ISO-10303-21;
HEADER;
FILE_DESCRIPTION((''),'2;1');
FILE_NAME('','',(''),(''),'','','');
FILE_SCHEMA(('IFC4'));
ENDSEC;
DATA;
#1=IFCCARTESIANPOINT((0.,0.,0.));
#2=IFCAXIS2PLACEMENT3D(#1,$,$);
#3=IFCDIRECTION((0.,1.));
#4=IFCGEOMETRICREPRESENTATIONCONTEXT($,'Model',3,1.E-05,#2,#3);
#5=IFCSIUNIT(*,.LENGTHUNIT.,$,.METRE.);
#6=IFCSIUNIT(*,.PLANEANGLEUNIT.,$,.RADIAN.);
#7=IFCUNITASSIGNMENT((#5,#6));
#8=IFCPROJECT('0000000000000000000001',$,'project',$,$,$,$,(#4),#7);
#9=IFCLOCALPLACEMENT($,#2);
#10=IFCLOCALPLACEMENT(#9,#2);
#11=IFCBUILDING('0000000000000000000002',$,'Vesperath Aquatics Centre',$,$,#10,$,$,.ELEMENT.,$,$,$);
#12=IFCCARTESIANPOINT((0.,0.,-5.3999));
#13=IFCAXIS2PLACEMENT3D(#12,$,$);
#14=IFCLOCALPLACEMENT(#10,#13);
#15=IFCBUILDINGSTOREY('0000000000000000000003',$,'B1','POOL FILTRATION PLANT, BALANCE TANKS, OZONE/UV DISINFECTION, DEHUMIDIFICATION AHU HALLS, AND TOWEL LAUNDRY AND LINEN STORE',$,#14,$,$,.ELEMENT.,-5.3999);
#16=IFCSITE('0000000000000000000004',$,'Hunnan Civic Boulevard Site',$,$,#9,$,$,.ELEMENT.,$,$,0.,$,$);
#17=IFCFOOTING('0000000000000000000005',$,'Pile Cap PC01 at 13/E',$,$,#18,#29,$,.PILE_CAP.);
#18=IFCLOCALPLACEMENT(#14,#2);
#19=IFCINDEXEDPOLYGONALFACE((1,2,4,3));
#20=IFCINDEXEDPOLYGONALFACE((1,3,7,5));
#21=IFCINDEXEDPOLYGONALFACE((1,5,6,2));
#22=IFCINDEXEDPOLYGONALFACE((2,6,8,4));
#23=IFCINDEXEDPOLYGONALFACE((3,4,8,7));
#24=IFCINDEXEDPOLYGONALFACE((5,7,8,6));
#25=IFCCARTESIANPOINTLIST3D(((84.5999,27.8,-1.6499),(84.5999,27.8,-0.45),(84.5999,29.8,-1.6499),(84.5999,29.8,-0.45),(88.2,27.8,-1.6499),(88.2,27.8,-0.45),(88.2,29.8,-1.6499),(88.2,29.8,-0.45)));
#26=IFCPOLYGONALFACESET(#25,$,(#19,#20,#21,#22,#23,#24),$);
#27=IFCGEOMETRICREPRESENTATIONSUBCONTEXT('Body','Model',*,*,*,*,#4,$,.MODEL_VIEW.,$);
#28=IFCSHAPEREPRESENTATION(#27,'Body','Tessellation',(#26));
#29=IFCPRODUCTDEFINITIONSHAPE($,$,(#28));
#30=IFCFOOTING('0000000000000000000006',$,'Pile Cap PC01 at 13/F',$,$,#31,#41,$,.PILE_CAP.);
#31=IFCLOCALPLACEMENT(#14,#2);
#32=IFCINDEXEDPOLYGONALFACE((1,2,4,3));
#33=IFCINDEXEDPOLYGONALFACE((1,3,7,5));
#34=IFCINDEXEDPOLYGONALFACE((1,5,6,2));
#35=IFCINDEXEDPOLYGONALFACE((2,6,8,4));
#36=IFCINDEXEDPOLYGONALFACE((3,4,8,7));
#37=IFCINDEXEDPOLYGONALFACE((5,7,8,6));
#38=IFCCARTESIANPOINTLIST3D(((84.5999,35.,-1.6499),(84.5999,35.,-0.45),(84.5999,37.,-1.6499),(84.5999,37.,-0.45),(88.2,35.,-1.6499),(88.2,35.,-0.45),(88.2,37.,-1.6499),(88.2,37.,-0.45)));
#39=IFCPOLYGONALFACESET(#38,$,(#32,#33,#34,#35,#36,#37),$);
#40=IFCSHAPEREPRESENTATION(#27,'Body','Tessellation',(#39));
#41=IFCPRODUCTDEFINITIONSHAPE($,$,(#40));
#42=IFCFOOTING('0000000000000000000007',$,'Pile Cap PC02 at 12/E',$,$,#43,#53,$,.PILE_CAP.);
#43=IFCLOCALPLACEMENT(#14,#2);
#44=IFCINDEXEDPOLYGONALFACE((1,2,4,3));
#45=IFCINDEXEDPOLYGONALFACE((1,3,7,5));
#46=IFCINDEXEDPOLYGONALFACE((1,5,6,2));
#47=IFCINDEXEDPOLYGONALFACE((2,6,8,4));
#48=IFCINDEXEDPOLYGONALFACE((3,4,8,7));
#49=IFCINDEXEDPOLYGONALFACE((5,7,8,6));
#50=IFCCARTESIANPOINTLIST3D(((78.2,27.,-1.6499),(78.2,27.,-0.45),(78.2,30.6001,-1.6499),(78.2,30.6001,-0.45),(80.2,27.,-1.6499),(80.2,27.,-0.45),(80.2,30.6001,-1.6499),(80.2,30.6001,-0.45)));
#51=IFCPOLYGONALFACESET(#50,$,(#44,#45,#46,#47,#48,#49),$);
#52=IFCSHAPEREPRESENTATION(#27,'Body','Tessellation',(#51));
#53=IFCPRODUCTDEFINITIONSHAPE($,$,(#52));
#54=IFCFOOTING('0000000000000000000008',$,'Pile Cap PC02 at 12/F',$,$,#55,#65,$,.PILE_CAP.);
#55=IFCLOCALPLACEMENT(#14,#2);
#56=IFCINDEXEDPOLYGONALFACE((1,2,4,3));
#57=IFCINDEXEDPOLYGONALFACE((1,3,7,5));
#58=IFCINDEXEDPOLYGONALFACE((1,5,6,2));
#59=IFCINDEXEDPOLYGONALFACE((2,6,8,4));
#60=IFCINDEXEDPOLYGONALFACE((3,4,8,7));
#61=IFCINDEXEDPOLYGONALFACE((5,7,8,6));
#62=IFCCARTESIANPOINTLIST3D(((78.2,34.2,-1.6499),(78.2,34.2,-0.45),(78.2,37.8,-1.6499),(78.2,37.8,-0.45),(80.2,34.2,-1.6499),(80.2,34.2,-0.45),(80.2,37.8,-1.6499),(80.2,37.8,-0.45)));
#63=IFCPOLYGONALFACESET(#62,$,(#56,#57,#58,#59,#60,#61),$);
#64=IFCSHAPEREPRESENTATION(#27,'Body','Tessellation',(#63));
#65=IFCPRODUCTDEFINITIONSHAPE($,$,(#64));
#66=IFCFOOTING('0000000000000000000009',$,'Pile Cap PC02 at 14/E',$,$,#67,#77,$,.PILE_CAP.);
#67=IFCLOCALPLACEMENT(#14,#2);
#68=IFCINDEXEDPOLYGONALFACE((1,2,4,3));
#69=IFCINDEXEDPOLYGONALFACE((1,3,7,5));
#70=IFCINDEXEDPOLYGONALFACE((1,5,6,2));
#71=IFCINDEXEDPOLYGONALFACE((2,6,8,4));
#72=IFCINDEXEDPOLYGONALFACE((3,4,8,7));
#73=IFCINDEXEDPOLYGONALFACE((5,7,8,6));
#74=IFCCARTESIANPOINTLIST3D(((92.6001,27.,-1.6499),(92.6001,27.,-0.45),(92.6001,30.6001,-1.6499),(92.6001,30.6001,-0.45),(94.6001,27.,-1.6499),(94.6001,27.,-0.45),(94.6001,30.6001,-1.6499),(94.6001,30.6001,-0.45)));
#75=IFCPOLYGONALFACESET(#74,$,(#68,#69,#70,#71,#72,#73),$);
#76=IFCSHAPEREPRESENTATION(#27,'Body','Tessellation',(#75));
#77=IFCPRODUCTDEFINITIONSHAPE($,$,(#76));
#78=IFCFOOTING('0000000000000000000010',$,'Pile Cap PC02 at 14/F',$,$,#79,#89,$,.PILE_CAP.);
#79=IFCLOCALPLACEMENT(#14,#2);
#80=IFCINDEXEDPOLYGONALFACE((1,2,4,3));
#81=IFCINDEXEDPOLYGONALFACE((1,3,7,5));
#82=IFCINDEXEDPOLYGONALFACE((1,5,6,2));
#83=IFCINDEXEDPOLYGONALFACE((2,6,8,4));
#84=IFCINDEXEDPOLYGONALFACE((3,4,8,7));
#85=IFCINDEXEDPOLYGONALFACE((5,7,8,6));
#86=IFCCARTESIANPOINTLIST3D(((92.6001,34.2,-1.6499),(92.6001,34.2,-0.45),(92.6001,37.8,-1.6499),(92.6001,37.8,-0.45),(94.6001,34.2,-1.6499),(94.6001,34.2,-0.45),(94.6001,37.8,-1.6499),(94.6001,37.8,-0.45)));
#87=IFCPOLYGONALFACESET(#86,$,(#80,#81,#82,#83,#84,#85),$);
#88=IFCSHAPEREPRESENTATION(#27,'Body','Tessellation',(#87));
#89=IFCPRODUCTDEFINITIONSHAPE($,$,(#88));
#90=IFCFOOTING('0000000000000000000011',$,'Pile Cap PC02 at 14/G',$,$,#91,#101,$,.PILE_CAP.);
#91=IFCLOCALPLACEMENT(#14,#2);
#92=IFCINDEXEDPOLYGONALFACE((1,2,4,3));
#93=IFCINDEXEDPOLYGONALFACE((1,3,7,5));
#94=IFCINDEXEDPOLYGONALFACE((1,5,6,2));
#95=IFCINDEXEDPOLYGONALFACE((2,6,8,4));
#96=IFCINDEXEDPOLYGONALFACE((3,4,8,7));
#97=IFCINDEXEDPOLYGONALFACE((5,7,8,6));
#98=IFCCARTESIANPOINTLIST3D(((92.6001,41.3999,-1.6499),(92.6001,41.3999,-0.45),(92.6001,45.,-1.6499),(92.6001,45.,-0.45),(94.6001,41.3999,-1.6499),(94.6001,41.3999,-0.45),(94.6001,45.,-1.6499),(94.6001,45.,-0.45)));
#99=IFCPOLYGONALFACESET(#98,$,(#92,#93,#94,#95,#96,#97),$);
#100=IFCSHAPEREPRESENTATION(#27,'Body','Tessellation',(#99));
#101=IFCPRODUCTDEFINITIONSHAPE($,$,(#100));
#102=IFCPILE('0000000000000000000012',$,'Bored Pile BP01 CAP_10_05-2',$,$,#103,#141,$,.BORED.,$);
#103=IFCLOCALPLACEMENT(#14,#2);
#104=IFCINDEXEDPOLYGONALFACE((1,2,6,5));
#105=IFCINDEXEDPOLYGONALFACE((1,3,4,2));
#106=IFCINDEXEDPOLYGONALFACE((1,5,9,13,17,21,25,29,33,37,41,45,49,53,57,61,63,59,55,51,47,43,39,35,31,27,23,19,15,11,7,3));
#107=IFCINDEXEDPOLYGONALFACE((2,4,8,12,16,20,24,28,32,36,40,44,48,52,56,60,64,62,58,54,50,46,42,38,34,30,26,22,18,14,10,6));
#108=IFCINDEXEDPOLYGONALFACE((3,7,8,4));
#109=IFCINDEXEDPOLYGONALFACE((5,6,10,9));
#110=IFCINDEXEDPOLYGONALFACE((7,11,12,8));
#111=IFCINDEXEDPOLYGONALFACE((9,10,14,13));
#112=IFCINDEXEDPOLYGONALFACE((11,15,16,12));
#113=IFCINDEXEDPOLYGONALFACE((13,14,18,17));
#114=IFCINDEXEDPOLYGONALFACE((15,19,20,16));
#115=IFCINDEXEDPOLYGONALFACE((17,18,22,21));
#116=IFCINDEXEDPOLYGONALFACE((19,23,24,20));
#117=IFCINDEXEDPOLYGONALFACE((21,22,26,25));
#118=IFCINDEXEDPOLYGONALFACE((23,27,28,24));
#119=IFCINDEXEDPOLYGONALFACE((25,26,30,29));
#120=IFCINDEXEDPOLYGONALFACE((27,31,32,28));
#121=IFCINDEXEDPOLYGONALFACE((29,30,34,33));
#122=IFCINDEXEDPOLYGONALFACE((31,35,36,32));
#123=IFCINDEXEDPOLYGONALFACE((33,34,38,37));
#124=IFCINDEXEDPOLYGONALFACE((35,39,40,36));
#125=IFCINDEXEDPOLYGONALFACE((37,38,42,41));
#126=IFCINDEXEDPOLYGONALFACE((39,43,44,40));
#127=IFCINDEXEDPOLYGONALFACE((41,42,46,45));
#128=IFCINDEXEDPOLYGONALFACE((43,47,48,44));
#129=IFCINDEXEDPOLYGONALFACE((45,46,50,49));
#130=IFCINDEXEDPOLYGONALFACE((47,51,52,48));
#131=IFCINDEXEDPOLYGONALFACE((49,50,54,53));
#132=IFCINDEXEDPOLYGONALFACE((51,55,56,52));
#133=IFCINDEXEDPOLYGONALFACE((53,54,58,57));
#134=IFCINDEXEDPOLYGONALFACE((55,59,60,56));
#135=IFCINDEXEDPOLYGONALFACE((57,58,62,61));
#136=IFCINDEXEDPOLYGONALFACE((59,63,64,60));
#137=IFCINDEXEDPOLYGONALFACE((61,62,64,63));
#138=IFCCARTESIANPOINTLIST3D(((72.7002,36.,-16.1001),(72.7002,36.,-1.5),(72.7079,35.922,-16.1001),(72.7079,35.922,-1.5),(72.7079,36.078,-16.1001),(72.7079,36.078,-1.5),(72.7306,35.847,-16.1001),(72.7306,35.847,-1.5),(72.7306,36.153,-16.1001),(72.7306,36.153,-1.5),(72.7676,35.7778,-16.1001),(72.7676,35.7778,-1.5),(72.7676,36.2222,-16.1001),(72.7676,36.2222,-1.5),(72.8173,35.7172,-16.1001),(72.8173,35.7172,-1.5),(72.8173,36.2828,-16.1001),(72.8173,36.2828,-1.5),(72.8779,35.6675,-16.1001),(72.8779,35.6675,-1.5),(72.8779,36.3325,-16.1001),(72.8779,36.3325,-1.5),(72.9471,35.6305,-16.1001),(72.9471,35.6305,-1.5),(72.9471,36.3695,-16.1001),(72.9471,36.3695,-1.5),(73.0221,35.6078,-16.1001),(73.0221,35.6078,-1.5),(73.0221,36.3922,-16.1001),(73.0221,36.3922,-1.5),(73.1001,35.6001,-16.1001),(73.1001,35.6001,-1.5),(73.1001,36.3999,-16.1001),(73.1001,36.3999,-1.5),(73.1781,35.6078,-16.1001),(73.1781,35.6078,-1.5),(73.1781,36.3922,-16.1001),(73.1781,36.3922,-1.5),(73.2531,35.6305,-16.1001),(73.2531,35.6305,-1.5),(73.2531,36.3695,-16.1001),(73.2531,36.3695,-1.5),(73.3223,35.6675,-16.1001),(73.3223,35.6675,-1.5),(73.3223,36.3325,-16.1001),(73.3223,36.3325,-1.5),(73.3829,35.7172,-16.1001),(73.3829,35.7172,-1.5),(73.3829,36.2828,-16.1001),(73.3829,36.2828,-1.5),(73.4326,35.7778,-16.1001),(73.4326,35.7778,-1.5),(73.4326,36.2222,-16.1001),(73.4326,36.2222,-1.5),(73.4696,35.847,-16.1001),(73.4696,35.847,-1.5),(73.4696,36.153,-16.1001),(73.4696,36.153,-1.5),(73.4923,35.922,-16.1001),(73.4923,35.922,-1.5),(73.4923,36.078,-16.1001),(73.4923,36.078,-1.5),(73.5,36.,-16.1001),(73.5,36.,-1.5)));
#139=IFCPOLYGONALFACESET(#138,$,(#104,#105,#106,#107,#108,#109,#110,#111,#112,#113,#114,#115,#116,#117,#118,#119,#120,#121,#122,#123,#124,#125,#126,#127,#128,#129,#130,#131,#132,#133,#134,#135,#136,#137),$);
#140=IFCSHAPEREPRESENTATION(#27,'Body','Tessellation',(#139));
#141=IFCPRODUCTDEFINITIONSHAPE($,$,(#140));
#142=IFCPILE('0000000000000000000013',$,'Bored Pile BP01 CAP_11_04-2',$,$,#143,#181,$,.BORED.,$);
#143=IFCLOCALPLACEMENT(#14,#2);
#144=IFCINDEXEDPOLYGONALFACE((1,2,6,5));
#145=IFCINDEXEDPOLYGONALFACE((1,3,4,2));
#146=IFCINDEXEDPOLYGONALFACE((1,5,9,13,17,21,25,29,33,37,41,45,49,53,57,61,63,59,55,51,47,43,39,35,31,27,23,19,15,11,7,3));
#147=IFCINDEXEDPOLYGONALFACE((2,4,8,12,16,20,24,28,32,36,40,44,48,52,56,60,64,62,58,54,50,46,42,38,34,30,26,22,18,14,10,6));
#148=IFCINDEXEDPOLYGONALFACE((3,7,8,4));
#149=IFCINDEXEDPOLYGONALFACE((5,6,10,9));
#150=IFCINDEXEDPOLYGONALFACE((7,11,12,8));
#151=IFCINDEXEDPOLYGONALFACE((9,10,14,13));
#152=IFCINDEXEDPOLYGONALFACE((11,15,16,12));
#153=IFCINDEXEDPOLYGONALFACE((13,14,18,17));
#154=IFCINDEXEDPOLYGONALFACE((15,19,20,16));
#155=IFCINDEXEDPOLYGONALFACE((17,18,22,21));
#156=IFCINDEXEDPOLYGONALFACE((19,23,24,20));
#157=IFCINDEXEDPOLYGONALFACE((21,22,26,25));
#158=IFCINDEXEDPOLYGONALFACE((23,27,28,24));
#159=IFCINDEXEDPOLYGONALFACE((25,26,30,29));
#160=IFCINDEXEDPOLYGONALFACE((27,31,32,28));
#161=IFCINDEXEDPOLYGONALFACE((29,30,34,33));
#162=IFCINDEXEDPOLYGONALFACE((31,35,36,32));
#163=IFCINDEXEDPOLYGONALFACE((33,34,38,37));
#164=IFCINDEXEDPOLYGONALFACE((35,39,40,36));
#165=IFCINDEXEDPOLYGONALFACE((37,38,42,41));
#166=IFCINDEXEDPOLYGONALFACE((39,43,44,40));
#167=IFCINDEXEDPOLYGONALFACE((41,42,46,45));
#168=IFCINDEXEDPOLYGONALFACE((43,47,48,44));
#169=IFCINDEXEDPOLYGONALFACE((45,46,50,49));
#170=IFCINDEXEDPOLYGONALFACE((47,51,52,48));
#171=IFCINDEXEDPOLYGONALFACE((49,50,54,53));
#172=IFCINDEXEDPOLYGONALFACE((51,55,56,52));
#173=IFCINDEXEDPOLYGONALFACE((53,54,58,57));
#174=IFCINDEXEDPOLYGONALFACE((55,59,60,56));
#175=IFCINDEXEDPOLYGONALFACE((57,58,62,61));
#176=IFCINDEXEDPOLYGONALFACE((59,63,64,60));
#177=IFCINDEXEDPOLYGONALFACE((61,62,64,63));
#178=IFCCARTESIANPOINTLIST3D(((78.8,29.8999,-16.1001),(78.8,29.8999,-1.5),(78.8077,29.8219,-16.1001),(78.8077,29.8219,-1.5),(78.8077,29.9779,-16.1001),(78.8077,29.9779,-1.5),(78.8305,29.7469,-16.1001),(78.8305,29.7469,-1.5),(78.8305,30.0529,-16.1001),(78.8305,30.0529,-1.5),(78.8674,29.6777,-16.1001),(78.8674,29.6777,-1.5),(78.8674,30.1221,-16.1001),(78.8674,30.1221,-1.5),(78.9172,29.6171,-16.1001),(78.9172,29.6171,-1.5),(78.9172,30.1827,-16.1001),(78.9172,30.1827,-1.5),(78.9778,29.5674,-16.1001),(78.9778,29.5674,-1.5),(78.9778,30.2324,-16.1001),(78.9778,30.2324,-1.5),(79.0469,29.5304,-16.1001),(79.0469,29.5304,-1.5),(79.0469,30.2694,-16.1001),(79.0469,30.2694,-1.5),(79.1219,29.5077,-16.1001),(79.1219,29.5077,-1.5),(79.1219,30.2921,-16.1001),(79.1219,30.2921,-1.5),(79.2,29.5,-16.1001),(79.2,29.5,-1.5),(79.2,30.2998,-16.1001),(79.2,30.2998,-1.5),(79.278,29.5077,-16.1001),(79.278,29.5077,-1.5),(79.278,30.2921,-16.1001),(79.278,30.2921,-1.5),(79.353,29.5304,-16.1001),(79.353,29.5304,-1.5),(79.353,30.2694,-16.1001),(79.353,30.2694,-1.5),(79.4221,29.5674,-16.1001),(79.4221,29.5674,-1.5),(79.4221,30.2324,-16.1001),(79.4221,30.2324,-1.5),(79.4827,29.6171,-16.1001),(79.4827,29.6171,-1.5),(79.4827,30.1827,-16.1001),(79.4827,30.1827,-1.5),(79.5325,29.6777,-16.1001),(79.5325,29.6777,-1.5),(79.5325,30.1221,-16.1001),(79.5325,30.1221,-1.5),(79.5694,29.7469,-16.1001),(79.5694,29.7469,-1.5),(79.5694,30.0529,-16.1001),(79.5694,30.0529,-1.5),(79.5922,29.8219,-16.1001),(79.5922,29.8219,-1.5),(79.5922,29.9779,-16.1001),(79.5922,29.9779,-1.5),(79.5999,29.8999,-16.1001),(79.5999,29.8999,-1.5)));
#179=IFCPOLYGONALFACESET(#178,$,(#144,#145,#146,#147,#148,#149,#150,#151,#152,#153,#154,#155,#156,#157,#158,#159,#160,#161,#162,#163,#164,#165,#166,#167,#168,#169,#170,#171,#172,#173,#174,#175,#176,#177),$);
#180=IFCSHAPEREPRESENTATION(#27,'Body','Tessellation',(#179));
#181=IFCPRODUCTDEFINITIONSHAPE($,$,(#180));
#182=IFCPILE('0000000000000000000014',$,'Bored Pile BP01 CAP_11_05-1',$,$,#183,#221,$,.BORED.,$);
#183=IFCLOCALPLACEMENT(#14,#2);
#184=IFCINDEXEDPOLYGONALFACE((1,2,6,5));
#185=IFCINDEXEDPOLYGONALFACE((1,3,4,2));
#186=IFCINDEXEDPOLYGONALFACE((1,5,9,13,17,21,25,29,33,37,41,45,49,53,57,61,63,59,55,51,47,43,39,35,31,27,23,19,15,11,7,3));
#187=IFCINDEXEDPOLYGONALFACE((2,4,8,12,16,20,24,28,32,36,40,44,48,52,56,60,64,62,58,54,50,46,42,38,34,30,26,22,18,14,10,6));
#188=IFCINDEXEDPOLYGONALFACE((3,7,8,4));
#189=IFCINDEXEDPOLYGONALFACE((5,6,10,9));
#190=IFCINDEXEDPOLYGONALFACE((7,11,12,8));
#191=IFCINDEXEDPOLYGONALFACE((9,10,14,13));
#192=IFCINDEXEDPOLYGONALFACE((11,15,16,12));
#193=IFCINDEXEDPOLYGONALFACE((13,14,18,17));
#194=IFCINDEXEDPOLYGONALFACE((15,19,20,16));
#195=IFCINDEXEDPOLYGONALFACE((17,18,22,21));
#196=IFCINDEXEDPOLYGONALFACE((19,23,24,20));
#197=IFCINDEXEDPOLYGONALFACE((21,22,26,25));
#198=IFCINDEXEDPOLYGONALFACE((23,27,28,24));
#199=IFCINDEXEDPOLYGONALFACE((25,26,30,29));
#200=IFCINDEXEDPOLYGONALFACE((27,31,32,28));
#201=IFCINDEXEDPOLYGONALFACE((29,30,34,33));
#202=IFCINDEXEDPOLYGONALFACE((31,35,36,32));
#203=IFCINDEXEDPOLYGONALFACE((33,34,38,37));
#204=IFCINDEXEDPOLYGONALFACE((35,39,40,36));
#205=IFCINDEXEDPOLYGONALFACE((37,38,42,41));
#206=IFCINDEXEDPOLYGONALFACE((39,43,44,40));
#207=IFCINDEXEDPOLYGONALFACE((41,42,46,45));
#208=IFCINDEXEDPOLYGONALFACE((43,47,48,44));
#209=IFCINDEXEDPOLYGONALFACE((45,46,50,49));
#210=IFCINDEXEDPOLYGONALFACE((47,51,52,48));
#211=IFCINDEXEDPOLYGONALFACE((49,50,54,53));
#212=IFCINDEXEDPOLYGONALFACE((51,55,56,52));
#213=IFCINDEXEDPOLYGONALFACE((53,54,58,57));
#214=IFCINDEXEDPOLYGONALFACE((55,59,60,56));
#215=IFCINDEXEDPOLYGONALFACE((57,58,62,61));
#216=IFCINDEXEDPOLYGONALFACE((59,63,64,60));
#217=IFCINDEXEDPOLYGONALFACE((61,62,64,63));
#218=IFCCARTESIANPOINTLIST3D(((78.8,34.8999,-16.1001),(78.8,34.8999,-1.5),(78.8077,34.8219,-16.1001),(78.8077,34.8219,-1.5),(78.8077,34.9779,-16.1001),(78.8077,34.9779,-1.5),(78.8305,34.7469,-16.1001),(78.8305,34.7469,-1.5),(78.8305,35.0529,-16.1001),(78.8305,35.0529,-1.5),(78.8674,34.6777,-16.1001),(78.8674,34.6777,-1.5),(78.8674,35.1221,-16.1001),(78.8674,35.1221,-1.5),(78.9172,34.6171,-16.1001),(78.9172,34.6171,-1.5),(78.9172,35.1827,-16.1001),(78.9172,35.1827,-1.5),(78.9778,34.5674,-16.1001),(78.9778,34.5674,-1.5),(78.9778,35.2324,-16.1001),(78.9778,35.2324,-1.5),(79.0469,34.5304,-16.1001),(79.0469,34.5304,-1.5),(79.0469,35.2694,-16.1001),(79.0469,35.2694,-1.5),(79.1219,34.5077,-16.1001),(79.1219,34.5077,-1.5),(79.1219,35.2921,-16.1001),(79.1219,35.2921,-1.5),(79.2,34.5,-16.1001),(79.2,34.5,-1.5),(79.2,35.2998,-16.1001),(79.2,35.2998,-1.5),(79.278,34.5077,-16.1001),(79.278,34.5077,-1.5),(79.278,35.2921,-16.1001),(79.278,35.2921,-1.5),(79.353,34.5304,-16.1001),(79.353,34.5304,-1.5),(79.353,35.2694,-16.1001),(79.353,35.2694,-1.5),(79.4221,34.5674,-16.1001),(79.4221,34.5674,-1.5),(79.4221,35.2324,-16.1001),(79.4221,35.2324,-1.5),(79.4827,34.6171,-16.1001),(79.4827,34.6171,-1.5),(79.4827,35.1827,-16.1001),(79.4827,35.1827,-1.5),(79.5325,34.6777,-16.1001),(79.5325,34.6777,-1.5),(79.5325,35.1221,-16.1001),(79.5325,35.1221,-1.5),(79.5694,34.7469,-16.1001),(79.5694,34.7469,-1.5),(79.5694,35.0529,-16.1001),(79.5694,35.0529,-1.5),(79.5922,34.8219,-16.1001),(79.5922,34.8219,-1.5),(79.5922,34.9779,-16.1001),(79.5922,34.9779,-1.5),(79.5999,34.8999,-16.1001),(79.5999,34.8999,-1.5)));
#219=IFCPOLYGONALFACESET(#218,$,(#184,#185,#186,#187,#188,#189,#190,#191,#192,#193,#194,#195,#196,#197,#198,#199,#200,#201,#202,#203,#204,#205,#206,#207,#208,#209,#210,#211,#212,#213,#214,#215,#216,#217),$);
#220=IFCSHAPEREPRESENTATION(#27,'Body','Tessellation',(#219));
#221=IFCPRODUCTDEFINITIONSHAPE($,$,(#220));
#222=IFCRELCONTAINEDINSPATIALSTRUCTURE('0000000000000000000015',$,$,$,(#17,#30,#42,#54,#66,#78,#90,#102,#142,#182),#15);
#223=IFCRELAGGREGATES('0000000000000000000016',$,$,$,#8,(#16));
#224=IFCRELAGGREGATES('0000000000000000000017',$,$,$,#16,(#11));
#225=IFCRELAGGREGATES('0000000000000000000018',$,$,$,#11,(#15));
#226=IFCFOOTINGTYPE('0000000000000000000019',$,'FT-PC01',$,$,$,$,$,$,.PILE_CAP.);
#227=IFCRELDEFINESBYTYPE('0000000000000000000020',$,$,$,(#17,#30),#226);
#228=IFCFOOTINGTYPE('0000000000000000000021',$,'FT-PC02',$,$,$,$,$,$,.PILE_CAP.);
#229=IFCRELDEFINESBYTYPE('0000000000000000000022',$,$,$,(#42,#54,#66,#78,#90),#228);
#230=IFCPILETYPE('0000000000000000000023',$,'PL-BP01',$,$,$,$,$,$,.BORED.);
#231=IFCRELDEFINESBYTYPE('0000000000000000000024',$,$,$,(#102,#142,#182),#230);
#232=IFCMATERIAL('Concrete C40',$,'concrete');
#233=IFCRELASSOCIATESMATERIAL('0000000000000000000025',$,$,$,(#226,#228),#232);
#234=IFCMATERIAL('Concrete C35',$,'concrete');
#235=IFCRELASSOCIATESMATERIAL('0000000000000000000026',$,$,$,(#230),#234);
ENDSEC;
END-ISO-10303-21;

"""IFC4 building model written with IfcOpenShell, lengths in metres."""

from ifc_helpers import new_model, si_unit, direction, frame, origin, origin_2d, place, context, subcontext, project, spatial, rectangle, circle, extrude, material, material_profile, profile_set, type_object, element, save


model = new_model("IFC4")

# Units and contexts
model_context = context("Model", 3, precision=1e-05, world=origin(), true_north=direction((0.0, 1.0)))
body_context = subcontext(model_context, "Body", "Model", "MODEL_VIEW")
ifc_project = project(units=[si_unit("LENGTHUNIT", "METRE"), si_unit("PLANEANGLEUNIT", "RADIAN")], contexts=[model_context])

# Site, building, storey
site_placement = place(None, origin())
site = spatial("IfcSite", under=ifc_project, at=site_placement, Name="Hunnan Civic Boulevard Site", CompositionType="ELEMENT", RefElevation=0.0)
building_placement = place(site_placement, origin())
building = spatial("IfcBuilding", under=site, at=building_placement, Name="Vesperath Aquatics Centre", CompositionType="ELEMENT")
storey_placement = place(building_placement, frame((0.0, 0.0, -5.3999)))
storey = spatial("IfcBuildingStorey", under=building, at=storey_placement, Name="B1", Description="POOL FILTRATION PLANT, BALANCE TANKS, OZONE/UV DISINFECTION, DEHUMIDIFICATION AHU HALLS, AND TOWEL LAUNDRY AND LINEN STORE", CompositionType="ELEMENT", Elevation=-5.3999)

# Footings
ifc_material_1 = material(Name="Concrete C40", Category="concrete")
footing_type_1 = type_object("IfcFootingType", Name="FT-PC01", PredefinedType="PILE_CAP", material=ifc_material_1)
for number, where, z_axis, x_axis, name in (
    (1, (86.3999, 28.8, -1.6499), (0.0, 0.0, 1.0), (1.0, 0.0, 0.0), "Pile Cap PC01 at 13/E"),
    (2, (86.3999, 36.0, -1.6499), (0.0, 0.0, 1.0), (1.0, 0.0, 0.0), "Pile Cap PC01 at 13/F"),
):
    element("IfcFooting", number, at=place(storey_placement, frame(where, z_axis=z_axis, x_axis=x_axis)), inside=storey, type_object=footing_type_1, Name=name, PredefinedType="PILE_CAP", context=body_context, shape_type="SweptSolid", body=[
        extrude(rectangle(XDim=3.6001, YDim=2.0, at=origin_2d()), origin(), (0.0, 0.0, 1.0), 1.2),
    ])
footing_type_2 = type_object("IfcFootingType", Name="FT-PC02", PredefinedType="PILE_CAP", material=ifc_material_1)
for number, where, z_axis, x_axis, name in (
    (3, (79.2, 28.8, -1.6499), (0.0, 0.0, 1.0), (1.0, 0.0, 0.0), "Pile Cap PC02 at 12/E"),
    (4, (79.2, 36.0, -1.6499), (0.0, 0.0, 1.0), (1.0, 0.0, 0.0), "Pile Cap PC02 at 12/F"),
    (5, (93.6001, 28.8, -1.6499), (0.0, 0.0, 1.0), (1.0, 0.0, 0.0), "Pile Cap PC02 at 14/E"),
    (6, (93.6001, 36.0, -1.6499), (0.0, 0.0, 1.0), (1.0, 0.0, 0.0), "Pile Cap PC02 at 14/F"),
    (7, (93.6001, 43.2, -1.6499), (0.0, 0.0, 1.0), (1.0, 0.0, 0.0), "Pile Cap PC02 at 14/G"),
):
    element("IfcFooting", number, at=place(storey_placement, frame(where, z_axis=z_axis, x_axis=x_axis)), inside=storey, type_object=footing_type_2, Name=name, PredefinedType="PILE_CAP", context=body_context, shape_type="SweptSolid", body=[
        extrude(rectangle(XDim=2.0, YDim=3.6001, at=origin_2d()), origin(), (0.0, 0.0, 1.0), 1.2),
    ])

# Piles
ifc_material_2 = material(Name="Concrete C35", Category="concrete")
ifc_material_profile_1 = material_profile(ifc_material_2, circle(Radius=0.3999, at=origin_2d()), Name="PILE D800")
ifc_profile_set_1 = profile_set([ifc_material_profile_1], Name="Concrete C35")
pile_type = type_object("IfcPileType", Name="PL-BP01", PredefinedType="BORED", material=ifc_profile_set_1)
for number, where, z_axis, x_axis, name in (
    (8, (73.1001, 36.0, -1.5), (0.0, 0.0, -1.0), (1.0, 0.0, 0.0), "Bored Pile BP01 CAP_10_05-2"),
    (9, (79.2, 29.8999, -1.5), (0.0, 0.0, -1.0), (1.0, 0.0, 0.0), "Bored Pile BP01 CAP_11_04-2"),
    (10, (79.2, 34.8999, -1.5), (0.0, 0.0, -1.0), (1.0, 0.0, 0.0), "Bored Pile BP01 CAP_11_05-1"),
):
    element("IfcPile", number, at=place(storey_placement, frame(where, z_axis=z_axis, x_axis=x_axis)), inside=storey, type_object=pile_type, Name=name, PredefinedType="BORED", context=body_context, shape_type="SweptSolid", body=[
        extrude(circle(Radius=0.3999, at=origin_2d()), origin(), (0.0, 0.0, 1.0), 14.6001),
    ])

save(model, "model.ifc")
